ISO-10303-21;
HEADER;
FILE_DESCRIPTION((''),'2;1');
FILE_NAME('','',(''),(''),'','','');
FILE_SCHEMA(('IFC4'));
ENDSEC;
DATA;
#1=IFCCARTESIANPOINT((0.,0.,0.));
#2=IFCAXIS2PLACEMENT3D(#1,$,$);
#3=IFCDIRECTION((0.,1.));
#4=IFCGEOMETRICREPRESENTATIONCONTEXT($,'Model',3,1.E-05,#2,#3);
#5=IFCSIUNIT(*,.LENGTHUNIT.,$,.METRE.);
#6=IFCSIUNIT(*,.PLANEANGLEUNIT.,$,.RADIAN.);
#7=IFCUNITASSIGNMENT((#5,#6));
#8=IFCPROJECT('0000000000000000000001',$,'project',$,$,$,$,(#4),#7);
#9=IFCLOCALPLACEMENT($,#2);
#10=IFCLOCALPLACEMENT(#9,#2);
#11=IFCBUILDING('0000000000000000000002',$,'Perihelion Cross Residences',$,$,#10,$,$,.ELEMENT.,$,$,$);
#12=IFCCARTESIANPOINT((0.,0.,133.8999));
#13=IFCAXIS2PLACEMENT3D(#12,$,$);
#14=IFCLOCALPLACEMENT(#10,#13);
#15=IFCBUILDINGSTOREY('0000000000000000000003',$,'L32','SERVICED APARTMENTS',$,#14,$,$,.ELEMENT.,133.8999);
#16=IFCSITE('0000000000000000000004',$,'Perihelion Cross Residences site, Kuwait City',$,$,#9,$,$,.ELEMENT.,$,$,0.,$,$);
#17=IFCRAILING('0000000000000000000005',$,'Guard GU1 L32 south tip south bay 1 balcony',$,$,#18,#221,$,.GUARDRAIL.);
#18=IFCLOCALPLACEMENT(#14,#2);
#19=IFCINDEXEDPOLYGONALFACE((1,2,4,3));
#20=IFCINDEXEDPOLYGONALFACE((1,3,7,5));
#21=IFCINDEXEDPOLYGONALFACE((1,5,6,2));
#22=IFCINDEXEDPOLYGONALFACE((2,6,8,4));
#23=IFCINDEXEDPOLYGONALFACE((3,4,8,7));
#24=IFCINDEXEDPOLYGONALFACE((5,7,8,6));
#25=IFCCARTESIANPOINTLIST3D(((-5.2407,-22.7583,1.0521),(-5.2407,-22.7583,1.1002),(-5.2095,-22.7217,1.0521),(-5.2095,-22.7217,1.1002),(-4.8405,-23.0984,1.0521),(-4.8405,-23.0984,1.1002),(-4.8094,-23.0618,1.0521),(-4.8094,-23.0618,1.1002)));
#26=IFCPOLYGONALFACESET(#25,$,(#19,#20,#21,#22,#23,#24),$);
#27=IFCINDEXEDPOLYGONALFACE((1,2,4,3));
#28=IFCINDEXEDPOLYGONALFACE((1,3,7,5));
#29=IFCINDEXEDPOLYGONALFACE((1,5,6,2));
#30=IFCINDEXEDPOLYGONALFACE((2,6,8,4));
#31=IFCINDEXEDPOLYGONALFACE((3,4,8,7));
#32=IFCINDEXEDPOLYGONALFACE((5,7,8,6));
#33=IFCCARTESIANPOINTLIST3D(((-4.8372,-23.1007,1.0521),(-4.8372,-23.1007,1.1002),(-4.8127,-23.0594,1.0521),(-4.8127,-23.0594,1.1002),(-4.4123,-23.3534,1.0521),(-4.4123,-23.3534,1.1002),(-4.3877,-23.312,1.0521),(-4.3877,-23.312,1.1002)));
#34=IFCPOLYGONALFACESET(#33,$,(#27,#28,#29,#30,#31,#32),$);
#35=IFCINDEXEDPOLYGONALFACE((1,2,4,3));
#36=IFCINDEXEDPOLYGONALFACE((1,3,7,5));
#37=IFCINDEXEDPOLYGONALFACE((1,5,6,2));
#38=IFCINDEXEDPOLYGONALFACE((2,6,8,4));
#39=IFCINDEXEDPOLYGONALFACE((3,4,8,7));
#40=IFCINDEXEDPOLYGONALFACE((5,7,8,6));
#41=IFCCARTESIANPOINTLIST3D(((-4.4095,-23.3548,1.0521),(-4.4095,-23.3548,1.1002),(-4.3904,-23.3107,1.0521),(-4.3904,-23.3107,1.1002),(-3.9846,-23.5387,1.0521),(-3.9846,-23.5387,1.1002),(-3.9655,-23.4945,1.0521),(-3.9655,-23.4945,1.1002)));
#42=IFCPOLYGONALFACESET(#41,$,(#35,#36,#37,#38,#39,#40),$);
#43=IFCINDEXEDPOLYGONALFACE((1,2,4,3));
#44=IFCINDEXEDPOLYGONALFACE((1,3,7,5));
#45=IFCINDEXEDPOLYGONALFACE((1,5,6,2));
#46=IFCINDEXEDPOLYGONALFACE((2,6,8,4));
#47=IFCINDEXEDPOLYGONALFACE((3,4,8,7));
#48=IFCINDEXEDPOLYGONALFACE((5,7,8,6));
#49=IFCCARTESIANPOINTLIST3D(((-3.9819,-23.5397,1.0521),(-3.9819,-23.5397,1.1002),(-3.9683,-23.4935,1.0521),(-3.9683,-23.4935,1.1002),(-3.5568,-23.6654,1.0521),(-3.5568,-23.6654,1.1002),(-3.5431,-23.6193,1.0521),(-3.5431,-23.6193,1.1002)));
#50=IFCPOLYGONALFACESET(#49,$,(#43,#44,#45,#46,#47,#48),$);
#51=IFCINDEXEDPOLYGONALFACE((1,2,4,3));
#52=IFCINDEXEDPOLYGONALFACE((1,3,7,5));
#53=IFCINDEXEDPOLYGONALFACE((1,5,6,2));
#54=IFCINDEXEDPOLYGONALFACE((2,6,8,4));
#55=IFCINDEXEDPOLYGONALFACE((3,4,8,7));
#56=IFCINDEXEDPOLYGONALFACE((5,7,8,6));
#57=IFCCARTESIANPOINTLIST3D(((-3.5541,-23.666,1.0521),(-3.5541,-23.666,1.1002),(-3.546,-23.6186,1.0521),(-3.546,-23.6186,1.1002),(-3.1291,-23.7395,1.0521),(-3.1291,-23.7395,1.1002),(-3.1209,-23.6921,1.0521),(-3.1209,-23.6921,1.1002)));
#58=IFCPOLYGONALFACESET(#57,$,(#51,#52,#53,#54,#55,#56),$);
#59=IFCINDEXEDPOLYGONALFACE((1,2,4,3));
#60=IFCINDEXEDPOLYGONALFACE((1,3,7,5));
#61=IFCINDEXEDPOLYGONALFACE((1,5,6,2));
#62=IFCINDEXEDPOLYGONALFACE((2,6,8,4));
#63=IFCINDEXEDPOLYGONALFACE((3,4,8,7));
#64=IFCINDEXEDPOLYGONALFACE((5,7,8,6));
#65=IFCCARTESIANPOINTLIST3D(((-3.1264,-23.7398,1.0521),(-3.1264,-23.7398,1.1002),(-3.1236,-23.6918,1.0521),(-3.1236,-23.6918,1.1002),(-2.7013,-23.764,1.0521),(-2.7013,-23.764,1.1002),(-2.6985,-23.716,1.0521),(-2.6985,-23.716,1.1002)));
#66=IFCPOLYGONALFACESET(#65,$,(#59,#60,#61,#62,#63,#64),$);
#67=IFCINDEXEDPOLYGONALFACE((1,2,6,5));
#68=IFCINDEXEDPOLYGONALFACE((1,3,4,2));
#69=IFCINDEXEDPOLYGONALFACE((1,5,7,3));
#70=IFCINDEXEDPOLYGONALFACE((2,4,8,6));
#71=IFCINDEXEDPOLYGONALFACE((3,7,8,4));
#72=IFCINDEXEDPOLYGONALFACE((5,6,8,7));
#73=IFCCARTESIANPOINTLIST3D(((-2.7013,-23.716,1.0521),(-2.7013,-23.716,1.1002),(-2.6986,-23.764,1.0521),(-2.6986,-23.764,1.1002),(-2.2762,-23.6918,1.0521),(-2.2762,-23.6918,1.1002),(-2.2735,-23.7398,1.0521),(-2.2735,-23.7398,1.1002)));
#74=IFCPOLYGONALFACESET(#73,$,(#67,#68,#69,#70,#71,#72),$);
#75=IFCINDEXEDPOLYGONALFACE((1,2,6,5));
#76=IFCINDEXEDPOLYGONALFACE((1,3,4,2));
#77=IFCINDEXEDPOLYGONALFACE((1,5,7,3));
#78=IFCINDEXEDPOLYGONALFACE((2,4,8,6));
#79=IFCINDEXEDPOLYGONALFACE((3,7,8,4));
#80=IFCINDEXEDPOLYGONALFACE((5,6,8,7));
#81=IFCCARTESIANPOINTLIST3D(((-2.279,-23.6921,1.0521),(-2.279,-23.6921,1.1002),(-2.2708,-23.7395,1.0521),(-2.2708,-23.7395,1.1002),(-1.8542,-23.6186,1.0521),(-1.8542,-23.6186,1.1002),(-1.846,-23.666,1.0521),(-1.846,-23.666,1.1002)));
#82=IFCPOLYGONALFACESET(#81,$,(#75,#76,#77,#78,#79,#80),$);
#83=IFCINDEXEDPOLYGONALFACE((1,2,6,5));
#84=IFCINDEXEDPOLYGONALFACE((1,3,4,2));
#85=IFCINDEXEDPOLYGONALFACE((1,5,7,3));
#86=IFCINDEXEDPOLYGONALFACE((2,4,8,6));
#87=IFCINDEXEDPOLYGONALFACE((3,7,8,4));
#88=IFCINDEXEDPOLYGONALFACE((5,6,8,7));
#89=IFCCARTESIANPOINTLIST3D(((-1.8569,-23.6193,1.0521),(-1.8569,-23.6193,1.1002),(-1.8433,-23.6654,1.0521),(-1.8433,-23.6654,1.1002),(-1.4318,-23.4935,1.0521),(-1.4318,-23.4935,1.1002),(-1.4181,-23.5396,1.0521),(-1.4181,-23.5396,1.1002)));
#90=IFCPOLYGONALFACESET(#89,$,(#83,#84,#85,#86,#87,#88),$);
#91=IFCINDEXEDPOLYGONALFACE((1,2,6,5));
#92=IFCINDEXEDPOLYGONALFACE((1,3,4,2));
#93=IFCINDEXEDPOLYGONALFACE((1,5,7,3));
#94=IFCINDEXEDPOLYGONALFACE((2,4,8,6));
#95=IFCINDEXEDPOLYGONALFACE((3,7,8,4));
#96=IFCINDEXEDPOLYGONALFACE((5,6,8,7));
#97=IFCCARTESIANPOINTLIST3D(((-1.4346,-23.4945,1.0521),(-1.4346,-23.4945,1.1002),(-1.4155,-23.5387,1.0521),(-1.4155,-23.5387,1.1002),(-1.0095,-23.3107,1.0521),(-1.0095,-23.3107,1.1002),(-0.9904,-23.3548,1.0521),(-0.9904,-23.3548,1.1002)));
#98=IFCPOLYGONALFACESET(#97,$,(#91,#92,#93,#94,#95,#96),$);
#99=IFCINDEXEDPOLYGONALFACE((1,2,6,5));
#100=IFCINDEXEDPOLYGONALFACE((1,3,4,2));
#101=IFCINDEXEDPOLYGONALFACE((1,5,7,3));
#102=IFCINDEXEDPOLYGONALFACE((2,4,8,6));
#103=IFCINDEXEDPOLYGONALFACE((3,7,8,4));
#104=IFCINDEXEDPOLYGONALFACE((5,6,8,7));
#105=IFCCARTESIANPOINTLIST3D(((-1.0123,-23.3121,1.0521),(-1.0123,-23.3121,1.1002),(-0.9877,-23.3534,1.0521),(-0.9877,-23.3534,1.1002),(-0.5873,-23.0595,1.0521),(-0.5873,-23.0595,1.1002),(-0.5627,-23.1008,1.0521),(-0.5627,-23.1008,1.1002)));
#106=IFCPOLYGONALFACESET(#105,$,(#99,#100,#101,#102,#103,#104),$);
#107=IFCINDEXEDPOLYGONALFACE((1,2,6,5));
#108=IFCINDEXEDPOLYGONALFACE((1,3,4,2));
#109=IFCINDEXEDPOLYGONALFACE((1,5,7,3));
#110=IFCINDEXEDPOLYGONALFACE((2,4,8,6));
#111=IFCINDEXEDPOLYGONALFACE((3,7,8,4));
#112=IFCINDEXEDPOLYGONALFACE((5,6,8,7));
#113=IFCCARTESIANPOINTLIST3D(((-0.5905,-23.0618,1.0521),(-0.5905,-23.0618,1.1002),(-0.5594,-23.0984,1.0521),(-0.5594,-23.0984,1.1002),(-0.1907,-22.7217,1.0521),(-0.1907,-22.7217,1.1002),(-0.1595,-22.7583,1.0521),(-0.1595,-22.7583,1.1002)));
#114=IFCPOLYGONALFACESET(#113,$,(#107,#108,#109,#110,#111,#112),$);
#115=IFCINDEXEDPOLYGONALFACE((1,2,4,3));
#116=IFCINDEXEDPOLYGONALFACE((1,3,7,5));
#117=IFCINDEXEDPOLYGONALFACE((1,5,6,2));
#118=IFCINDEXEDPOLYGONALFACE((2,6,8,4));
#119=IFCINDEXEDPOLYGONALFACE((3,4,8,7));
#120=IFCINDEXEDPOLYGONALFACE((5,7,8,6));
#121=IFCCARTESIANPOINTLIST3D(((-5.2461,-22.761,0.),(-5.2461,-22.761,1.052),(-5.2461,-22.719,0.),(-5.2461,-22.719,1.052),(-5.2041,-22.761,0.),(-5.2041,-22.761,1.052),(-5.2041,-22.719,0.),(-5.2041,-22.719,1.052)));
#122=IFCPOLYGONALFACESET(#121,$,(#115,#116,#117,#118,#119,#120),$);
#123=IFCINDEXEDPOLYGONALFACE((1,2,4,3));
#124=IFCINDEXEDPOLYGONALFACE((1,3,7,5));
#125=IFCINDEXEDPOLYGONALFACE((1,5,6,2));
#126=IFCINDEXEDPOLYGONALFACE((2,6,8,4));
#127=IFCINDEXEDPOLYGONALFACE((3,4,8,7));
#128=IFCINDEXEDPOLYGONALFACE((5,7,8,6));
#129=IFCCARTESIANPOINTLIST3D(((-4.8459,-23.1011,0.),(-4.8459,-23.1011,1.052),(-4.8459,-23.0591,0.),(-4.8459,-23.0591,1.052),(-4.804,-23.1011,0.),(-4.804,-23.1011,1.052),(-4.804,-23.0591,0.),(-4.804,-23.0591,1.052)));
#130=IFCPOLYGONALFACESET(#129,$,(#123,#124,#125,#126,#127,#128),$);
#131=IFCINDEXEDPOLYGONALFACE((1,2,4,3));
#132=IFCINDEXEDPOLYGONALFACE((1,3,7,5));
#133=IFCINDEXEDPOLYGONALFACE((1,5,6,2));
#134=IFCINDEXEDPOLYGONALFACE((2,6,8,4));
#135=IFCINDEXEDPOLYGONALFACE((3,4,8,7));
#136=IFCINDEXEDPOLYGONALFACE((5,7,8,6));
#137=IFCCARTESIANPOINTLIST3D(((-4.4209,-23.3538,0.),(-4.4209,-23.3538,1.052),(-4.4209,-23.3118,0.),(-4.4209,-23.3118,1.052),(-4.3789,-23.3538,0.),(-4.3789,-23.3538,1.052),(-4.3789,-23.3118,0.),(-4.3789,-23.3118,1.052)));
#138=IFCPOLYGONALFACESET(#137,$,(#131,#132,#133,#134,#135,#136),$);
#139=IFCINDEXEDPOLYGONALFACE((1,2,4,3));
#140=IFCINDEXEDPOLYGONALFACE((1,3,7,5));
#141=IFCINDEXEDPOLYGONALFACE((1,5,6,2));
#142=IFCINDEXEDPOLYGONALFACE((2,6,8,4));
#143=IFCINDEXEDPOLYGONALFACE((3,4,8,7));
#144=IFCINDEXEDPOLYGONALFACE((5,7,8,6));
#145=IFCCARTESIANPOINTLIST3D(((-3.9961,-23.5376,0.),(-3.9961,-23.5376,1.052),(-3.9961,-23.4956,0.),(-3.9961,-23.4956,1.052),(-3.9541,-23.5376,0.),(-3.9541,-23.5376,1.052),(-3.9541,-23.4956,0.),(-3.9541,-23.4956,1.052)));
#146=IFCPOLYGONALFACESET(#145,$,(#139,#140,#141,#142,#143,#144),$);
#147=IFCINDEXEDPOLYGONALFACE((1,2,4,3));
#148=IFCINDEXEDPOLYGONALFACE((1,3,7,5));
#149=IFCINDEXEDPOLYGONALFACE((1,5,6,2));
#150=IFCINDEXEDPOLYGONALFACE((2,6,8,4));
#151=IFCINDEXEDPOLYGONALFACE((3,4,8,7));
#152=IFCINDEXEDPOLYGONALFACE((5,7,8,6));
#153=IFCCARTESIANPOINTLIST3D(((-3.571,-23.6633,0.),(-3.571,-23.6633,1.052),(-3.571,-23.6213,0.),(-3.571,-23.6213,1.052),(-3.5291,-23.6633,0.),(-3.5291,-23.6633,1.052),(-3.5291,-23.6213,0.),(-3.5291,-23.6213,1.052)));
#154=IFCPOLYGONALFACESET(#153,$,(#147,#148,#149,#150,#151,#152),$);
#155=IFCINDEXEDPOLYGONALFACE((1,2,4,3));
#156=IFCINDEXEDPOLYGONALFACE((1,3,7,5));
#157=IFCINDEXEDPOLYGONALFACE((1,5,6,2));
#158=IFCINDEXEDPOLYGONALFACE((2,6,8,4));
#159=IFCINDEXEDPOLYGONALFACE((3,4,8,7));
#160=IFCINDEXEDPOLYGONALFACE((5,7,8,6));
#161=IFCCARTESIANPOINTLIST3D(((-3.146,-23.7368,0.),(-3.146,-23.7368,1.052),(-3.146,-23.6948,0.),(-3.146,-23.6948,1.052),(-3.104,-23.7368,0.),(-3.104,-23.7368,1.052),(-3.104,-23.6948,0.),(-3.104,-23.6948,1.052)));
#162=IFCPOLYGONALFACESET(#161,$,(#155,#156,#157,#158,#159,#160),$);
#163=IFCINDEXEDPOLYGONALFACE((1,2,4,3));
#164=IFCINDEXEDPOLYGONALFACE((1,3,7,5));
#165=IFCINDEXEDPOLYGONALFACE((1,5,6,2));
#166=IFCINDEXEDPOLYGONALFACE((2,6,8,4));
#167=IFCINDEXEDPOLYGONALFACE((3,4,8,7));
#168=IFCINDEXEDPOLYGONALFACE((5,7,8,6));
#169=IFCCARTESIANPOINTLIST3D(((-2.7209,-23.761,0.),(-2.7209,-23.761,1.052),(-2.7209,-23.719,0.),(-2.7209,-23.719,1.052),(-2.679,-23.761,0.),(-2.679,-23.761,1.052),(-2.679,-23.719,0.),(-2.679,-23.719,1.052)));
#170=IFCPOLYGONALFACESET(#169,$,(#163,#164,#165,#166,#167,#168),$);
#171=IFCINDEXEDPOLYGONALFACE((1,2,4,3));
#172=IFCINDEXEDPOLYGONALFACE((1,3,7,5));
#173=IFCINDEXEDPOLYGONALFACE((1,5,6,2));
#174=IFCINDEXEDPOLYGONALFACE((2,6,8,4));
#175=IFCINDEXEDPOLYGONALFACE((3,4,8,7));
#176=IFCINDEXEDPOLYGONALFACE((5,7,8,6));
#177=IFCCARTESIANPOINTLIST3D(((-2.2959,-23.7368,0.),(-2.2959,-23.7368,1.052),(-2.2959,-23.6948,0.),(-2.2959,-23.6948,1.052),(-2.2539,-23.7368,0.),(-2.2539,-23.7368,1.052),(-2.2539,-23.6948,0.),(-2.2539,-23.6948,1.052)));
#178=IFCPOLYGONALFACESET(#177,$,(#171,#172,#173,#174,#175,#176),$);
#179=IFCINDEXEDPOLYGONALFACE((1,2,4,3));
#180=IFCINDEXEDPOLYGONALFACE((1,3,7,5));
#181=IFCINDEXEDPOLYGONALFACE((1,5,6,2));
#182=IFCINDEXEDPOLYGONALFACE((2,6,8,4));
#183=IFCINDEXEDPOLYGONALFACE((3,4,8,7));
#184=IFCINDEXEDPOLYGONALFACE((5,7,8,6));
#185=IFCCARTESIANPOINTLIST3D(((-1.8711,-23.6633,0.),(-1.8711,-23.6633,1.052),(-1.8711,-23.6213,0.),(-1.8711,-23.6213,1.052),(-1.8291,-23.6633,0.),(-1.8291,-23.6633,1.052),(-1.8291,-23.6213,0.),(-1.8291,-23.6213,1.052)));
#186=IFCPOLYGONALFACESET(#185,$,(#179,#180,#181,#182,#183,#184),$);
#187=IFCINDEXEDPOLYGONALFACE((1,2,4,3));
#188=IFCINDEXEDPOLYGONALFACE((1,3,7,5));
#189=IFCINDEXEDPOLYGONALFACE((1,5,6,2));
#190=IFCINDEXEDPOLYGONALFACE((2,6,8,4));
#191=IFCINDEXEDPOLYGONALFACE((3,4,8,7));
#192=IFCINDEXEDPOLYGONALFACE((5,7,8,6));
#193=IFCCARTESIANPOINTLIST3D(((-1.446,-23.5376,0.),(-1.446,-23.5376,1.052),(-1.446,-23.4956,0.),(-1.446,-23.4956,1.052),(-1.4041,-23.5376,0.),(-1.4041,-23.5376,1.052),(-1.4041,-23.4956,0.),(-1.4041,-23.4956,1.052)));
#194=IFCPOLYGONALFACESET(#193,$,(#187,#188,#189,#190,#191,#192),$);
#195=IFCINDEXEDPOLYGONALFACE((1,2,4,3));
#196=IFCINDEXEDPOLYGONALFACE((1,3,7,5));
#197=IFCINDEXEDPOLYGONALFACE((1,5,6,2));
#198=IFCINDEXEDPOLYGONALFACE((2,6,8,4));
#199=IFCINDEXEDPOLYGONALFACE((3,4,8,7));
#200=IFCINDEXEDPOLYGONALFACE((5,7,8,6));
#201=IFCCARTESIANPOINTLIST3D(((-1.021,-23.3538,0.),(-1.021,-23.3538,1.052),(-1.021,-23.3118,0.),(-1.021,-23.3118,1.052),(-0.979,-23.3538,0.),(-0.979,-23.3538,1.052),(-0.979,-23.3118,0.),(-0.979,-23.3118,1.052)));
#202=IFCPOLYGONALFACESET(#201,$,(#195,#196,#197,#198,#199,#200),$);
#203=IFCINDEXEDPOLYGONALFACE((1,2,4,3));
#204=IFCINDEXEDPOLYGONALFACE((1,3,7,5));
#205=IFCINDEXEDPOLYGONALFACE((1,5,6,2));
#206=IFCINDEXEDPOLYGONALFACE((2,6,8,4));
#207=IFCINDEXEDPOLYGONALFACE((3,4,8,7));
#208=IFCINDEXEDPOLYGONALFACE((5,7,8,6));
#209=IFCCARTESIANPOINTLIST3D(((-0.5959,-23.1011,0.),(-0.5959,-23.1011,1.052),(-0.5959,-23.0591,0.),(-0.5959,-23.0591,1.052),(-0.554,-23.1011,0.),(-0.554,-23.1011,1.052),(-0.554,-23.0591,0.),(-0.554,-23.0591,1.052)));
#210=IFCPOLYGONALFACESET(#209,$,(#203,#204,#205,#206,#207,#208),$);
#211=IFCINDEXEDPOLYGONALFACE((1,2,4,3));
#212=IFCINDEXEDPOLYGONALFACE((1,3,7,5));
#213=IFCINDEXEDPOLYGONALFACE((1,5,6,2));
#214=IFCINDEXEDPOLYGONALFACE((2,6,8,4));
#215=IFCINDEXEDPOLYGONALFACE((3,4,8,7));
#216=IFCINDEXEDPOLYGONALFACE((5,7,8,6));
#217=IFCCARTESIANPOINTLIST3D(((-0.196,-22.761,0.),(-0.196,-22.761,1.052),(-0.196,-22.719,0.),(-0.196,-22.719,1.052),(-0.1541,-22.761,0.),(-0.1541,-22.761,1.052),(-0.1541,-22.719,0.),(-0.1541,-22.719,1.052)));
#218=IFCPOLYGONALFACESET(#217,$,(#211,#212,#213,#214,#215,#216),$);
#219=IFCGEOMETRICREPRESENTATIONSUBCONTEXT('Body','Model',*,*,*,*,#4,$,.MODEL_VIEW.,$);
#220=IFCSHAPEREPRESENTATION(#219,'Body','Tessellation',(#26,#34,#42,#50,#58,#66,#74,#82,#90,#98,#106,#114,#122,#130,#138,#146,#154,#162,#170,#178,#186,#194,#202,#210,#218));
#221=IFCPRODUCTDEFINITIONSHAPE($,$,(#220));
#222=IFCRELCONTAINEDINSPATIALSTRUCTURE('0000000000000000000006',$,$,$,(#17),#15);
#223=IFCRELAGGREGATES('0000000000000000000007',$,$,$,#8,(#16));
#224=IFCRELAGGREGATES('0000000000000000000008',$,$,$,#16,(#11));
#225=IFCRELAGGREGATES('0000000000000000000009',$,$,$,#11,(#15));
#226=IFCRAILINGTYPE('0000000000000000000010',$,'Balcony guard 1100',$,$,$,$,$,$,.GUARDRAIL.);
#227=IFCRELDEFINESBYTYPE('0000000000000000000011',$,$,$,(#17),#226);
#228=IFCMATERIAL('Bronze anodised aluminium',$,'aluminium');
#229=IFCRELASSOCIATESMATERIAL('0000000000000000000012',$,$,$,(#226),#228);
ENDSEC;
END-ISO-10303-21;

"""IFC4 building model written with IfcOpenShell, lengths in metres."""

from ifc_helpers import new_model, si_unit, direction, frame, origin, origin_2d, place, context, subcontext, project, spatial, rectangle, extrude, material, type_object, element, save


model = new_model("IFC4")

# Units and contexts
model_context = context("Model", 3, precision=1e-05, world=origin(), true_north=direction((0.0, 1.0)))
body_context = subcontext(model_context, "Body", "Model", "MODEL_VIEW")
ifc_project = project(units=[si_unit("LENGTHUNIT", "METRE"), si_unit("PLANEANGLEUNIT", "RADIAN")], contexts=[model_context])

# Site, building, storey
site_placement = place(None, origin())
site = spatial("IfcSite", under=ifc_project, at=site_placement, Name="Perihelion Cross Residences site, Kuwait City", CompositionType="ELEMENT", RefElevation=0.0)
building_placement = place(site_placement, origin())
building = spatial("IfcBuilding", under=site, at=building_placement, Name="Perihelion Cross Residences", CompositionType="ELEMENT")
storey_placement = place(building_placement, frame((0.0, 0.0, 133.8999)))
storey = spatial("IfcBuildingStorey", under=building, at=storey_placement, Name="L32", Description="SERVICED APARTMENTS", CompositionType="ELEMENT", Elevation=133.8999)

# Railing
ifc_material_1 = material(Name="Bronze anodised aluminium", Category="aluminium")
railing_type = type_object("IfcRailingType", Name="Balcony guard 1100", PredefinedType="GUARDRAIL", material=ifc_material_1)
railing_1_placement = place(storey_placement, frame((-5.2251, -22.74, 0.0)))
element("IfcRailing", 1, at=railing_1_placement, inside=storey, type_object=railing_type, Name="Guard GU1 L32 south tip south bay 1 balcony", PredefinedType="GUARDRAIL", context=body_context, shape_type="SweptSolid", body=[
    extrude(rectangle(XDim=0.0481, YDim=0.0481, at=origin_2d()), frame((0.0, 0.0, 1.0762), z_axis=(0.761974, -0.647608, 0.0), x_axis=(0.647608, 0.761974, 0.0)), (0.0, 0.0, 1.0), 0.5251),
    extrude(rectangle(XDim=0.0481, YDim=0.0481, at=origin_2d()), frame((0.4001, -0.3401, 1.0762), z_axis=(0.859577, -0.511006, 0.0), x_axis=(0.511006, 0.859577, 0.0)), (0.0, 0.0, 1.0), 0.4944),
    extrude(rectangle(XDim=0.0481, YDim=0.0481, at=origin_2d()), frame((0.8252, -0.5928, 1.0762), z_axis=(0.917748, -0.397163, 0.0), x_axis=(0.397163, 0.917748, 0.0)), (0.0, 0.0, 1.0), 0.4629),
    extrude(rectangle(XDim=0.0481, YDim=0.0481, at=origin_2d()), frame((1.25, -0.7766, 1.0762), z_axis=(0.958926, -0.283657, 0.0), x_axis=(0.283657, 0.958926, 0.0)), (0.0, 0.0, 1.0), 0.4434),
    extrude(rectangle(XDim=0.0481, YDim=0.0481, at=origin_2d()), frame((1.675, -0.9023, 1.0762), z_axis=(0.985382, -0.170362, 0.0), x_axis=(0.170362, 0.985382, 0.0)), (0.0, 0.0, 1.0), 0.4314),
    extrude(rectangle(XDim=0.0481, YDim=0.0481, at=origin_2d()), frame((2.1001, -0.9758, 1.0762), z_axis=(0.998387, -0.056772, 0.0), x_axis=(0.056772, 0.998387, 0.0)), (0.0, 0.0, 1.0), 0.4258),
    extrude(rectangle(XDim=0.0481, YDim=0.0481, at=origin_2d()), frame((2.5251, -1.0, 1.0762), z_axis=(0.998387, 0.056772, 0.0), x_axis=(-0.056772, 0.998387, 0.0)), (0.0, 0.0, 1.0), 0.4258),
    extrude(rectangle(XDim=0.0481, YDim=0.0481, at=origin_2d()), frame((2.9502, -0.9758, 1.0762), z_axis=(0.985365, 0.170457, 0.0), x_axis=(-0.170457, 0.985365, 0.0)), (0.0, 0.0, 1.0), 0.4312),
    extrude(rectangle(XDim=0.0481, YDim=0.0481, at=origin_2d()), frame((3.375, -0.9023, 1.0762), z_axis=(0.958926, 0.283657, 0.0), x_axis=(-0.283657, 0.958926, 0.0)), (0.0, 0.0, 1.0), 0.4434),
    extrude(rectangle(XDim=0.0481, YDim=0.0481, at=origin_2d()), frame((3.8, -0.7766, 1.0762), z_axis=(0.917831, 0.396971, 0.0), x_axis=(-0.396971, 0.917831, 0.0)), (0.0, 0.0, 1.0), 0.4631),
    extrude(rectangle(XDim=0.0481, YDim=0.0481, at=origin_2d()), frame((4.2251, -0.5928, 1.0762), z_axis=(0.859577, 0.511006, 0.0), x_axis=(-0.511006, 0.859577, 0.0)), (0.0, 0.0, 1.0), 0.4944),
    extrude(rectangle(XDim=0.0481, YDim=0.0481, at=origin_2d()), frame((4.6501, -0.3401, 1.0762), z_axis=(0.761779, 0.647837, 0.0), x_axis=(-0.647837, 0.761779, 0.0)), (0.0, 0.0, 1.0), 0.5249),
    extrude(rectangle(XDim=0.042, YDim=0.042, at=origin_2d()), origin(), (0.0, 0.0, 1.0), 1.052),
    extrude(rectangle(XDim=0.042, YDim=0.042, at=origin_2d()), frame((0.4001, -0.3401, 0.0)), (0.0, 0.0, 1.0), 1.052),
    extrude(rectangle(XDim=0.042, YDim=0.042, at=origin_2d()), frame((0.8252, -0.5928, 0.0)), (0.0, 0.0, 1.0), 1.052),
    extrude(rectangle(XDim=0.042, YDim=0.042, at=origin_2d()), frame((1.25, -0.7766, 0.0)), (0.0, 0.0, 1.0), 1.052),
    extrude(rectangle(XDim=0.042, YDim=0.042, at=origin_2d()), frame((1.675, -0.9023, 0.0)), (0.0, 0.0, 1.0), 1.052),
    extrude(rectangle(XDim=0.042, YDim=0.042, at=origin_2d()), frame((2.1001, -0.9758, 0.0)), (0.0, 0.0, 1.0), 1.052),
    extrude(rectangle(XDim=0.042, YDim=0.042, at=origin_2d()), frame((2.5251, -1.0, 0.0)), (0.0, 0.0, 1.0), 1.052),
    extrude(rectangle(XDim=0.042, YDim=0.042, at=origin_2d()), frame((2.9502, -0.9758, 0.0)), (0.0, 0.0, 1.0), 1.052),
    extrude(rectangle(XDim=0.042, YDim=0.042, at=origin_2d()), frame((3.375, -0.9023, 0.0)), (0.0, 0.0, 1.0), 1.052),
    extrude(rectangle(XDim=0.042, YDim=0.042, at=origin_2d()), frame((3.8, -0.7766, 0.0)), (0.0, 0.0, 1.0), 1.052),
    extrude(rectangle(XDim=0.042, YDim=0.042, at=origin_2d()), frame((4.2251, -0.5928, 0.0)), (0.0, 0.0, 1.0), 1.052),
    extrude(rectangle(XDim=0.042, YDim=0.042, at=origin_2d()), frame((4.6501, -0.3401, 0.0)), (0.0, 0.0, 1.0), 1.052),
    extrude(rectangle(XDim=0.042, YDim=0.042, at=origin_2d()), frame((5.05, 0.0, 0.0)), (0.0, 0.0, 1.0), 1.052),
])

save(model, "model.ifc")
